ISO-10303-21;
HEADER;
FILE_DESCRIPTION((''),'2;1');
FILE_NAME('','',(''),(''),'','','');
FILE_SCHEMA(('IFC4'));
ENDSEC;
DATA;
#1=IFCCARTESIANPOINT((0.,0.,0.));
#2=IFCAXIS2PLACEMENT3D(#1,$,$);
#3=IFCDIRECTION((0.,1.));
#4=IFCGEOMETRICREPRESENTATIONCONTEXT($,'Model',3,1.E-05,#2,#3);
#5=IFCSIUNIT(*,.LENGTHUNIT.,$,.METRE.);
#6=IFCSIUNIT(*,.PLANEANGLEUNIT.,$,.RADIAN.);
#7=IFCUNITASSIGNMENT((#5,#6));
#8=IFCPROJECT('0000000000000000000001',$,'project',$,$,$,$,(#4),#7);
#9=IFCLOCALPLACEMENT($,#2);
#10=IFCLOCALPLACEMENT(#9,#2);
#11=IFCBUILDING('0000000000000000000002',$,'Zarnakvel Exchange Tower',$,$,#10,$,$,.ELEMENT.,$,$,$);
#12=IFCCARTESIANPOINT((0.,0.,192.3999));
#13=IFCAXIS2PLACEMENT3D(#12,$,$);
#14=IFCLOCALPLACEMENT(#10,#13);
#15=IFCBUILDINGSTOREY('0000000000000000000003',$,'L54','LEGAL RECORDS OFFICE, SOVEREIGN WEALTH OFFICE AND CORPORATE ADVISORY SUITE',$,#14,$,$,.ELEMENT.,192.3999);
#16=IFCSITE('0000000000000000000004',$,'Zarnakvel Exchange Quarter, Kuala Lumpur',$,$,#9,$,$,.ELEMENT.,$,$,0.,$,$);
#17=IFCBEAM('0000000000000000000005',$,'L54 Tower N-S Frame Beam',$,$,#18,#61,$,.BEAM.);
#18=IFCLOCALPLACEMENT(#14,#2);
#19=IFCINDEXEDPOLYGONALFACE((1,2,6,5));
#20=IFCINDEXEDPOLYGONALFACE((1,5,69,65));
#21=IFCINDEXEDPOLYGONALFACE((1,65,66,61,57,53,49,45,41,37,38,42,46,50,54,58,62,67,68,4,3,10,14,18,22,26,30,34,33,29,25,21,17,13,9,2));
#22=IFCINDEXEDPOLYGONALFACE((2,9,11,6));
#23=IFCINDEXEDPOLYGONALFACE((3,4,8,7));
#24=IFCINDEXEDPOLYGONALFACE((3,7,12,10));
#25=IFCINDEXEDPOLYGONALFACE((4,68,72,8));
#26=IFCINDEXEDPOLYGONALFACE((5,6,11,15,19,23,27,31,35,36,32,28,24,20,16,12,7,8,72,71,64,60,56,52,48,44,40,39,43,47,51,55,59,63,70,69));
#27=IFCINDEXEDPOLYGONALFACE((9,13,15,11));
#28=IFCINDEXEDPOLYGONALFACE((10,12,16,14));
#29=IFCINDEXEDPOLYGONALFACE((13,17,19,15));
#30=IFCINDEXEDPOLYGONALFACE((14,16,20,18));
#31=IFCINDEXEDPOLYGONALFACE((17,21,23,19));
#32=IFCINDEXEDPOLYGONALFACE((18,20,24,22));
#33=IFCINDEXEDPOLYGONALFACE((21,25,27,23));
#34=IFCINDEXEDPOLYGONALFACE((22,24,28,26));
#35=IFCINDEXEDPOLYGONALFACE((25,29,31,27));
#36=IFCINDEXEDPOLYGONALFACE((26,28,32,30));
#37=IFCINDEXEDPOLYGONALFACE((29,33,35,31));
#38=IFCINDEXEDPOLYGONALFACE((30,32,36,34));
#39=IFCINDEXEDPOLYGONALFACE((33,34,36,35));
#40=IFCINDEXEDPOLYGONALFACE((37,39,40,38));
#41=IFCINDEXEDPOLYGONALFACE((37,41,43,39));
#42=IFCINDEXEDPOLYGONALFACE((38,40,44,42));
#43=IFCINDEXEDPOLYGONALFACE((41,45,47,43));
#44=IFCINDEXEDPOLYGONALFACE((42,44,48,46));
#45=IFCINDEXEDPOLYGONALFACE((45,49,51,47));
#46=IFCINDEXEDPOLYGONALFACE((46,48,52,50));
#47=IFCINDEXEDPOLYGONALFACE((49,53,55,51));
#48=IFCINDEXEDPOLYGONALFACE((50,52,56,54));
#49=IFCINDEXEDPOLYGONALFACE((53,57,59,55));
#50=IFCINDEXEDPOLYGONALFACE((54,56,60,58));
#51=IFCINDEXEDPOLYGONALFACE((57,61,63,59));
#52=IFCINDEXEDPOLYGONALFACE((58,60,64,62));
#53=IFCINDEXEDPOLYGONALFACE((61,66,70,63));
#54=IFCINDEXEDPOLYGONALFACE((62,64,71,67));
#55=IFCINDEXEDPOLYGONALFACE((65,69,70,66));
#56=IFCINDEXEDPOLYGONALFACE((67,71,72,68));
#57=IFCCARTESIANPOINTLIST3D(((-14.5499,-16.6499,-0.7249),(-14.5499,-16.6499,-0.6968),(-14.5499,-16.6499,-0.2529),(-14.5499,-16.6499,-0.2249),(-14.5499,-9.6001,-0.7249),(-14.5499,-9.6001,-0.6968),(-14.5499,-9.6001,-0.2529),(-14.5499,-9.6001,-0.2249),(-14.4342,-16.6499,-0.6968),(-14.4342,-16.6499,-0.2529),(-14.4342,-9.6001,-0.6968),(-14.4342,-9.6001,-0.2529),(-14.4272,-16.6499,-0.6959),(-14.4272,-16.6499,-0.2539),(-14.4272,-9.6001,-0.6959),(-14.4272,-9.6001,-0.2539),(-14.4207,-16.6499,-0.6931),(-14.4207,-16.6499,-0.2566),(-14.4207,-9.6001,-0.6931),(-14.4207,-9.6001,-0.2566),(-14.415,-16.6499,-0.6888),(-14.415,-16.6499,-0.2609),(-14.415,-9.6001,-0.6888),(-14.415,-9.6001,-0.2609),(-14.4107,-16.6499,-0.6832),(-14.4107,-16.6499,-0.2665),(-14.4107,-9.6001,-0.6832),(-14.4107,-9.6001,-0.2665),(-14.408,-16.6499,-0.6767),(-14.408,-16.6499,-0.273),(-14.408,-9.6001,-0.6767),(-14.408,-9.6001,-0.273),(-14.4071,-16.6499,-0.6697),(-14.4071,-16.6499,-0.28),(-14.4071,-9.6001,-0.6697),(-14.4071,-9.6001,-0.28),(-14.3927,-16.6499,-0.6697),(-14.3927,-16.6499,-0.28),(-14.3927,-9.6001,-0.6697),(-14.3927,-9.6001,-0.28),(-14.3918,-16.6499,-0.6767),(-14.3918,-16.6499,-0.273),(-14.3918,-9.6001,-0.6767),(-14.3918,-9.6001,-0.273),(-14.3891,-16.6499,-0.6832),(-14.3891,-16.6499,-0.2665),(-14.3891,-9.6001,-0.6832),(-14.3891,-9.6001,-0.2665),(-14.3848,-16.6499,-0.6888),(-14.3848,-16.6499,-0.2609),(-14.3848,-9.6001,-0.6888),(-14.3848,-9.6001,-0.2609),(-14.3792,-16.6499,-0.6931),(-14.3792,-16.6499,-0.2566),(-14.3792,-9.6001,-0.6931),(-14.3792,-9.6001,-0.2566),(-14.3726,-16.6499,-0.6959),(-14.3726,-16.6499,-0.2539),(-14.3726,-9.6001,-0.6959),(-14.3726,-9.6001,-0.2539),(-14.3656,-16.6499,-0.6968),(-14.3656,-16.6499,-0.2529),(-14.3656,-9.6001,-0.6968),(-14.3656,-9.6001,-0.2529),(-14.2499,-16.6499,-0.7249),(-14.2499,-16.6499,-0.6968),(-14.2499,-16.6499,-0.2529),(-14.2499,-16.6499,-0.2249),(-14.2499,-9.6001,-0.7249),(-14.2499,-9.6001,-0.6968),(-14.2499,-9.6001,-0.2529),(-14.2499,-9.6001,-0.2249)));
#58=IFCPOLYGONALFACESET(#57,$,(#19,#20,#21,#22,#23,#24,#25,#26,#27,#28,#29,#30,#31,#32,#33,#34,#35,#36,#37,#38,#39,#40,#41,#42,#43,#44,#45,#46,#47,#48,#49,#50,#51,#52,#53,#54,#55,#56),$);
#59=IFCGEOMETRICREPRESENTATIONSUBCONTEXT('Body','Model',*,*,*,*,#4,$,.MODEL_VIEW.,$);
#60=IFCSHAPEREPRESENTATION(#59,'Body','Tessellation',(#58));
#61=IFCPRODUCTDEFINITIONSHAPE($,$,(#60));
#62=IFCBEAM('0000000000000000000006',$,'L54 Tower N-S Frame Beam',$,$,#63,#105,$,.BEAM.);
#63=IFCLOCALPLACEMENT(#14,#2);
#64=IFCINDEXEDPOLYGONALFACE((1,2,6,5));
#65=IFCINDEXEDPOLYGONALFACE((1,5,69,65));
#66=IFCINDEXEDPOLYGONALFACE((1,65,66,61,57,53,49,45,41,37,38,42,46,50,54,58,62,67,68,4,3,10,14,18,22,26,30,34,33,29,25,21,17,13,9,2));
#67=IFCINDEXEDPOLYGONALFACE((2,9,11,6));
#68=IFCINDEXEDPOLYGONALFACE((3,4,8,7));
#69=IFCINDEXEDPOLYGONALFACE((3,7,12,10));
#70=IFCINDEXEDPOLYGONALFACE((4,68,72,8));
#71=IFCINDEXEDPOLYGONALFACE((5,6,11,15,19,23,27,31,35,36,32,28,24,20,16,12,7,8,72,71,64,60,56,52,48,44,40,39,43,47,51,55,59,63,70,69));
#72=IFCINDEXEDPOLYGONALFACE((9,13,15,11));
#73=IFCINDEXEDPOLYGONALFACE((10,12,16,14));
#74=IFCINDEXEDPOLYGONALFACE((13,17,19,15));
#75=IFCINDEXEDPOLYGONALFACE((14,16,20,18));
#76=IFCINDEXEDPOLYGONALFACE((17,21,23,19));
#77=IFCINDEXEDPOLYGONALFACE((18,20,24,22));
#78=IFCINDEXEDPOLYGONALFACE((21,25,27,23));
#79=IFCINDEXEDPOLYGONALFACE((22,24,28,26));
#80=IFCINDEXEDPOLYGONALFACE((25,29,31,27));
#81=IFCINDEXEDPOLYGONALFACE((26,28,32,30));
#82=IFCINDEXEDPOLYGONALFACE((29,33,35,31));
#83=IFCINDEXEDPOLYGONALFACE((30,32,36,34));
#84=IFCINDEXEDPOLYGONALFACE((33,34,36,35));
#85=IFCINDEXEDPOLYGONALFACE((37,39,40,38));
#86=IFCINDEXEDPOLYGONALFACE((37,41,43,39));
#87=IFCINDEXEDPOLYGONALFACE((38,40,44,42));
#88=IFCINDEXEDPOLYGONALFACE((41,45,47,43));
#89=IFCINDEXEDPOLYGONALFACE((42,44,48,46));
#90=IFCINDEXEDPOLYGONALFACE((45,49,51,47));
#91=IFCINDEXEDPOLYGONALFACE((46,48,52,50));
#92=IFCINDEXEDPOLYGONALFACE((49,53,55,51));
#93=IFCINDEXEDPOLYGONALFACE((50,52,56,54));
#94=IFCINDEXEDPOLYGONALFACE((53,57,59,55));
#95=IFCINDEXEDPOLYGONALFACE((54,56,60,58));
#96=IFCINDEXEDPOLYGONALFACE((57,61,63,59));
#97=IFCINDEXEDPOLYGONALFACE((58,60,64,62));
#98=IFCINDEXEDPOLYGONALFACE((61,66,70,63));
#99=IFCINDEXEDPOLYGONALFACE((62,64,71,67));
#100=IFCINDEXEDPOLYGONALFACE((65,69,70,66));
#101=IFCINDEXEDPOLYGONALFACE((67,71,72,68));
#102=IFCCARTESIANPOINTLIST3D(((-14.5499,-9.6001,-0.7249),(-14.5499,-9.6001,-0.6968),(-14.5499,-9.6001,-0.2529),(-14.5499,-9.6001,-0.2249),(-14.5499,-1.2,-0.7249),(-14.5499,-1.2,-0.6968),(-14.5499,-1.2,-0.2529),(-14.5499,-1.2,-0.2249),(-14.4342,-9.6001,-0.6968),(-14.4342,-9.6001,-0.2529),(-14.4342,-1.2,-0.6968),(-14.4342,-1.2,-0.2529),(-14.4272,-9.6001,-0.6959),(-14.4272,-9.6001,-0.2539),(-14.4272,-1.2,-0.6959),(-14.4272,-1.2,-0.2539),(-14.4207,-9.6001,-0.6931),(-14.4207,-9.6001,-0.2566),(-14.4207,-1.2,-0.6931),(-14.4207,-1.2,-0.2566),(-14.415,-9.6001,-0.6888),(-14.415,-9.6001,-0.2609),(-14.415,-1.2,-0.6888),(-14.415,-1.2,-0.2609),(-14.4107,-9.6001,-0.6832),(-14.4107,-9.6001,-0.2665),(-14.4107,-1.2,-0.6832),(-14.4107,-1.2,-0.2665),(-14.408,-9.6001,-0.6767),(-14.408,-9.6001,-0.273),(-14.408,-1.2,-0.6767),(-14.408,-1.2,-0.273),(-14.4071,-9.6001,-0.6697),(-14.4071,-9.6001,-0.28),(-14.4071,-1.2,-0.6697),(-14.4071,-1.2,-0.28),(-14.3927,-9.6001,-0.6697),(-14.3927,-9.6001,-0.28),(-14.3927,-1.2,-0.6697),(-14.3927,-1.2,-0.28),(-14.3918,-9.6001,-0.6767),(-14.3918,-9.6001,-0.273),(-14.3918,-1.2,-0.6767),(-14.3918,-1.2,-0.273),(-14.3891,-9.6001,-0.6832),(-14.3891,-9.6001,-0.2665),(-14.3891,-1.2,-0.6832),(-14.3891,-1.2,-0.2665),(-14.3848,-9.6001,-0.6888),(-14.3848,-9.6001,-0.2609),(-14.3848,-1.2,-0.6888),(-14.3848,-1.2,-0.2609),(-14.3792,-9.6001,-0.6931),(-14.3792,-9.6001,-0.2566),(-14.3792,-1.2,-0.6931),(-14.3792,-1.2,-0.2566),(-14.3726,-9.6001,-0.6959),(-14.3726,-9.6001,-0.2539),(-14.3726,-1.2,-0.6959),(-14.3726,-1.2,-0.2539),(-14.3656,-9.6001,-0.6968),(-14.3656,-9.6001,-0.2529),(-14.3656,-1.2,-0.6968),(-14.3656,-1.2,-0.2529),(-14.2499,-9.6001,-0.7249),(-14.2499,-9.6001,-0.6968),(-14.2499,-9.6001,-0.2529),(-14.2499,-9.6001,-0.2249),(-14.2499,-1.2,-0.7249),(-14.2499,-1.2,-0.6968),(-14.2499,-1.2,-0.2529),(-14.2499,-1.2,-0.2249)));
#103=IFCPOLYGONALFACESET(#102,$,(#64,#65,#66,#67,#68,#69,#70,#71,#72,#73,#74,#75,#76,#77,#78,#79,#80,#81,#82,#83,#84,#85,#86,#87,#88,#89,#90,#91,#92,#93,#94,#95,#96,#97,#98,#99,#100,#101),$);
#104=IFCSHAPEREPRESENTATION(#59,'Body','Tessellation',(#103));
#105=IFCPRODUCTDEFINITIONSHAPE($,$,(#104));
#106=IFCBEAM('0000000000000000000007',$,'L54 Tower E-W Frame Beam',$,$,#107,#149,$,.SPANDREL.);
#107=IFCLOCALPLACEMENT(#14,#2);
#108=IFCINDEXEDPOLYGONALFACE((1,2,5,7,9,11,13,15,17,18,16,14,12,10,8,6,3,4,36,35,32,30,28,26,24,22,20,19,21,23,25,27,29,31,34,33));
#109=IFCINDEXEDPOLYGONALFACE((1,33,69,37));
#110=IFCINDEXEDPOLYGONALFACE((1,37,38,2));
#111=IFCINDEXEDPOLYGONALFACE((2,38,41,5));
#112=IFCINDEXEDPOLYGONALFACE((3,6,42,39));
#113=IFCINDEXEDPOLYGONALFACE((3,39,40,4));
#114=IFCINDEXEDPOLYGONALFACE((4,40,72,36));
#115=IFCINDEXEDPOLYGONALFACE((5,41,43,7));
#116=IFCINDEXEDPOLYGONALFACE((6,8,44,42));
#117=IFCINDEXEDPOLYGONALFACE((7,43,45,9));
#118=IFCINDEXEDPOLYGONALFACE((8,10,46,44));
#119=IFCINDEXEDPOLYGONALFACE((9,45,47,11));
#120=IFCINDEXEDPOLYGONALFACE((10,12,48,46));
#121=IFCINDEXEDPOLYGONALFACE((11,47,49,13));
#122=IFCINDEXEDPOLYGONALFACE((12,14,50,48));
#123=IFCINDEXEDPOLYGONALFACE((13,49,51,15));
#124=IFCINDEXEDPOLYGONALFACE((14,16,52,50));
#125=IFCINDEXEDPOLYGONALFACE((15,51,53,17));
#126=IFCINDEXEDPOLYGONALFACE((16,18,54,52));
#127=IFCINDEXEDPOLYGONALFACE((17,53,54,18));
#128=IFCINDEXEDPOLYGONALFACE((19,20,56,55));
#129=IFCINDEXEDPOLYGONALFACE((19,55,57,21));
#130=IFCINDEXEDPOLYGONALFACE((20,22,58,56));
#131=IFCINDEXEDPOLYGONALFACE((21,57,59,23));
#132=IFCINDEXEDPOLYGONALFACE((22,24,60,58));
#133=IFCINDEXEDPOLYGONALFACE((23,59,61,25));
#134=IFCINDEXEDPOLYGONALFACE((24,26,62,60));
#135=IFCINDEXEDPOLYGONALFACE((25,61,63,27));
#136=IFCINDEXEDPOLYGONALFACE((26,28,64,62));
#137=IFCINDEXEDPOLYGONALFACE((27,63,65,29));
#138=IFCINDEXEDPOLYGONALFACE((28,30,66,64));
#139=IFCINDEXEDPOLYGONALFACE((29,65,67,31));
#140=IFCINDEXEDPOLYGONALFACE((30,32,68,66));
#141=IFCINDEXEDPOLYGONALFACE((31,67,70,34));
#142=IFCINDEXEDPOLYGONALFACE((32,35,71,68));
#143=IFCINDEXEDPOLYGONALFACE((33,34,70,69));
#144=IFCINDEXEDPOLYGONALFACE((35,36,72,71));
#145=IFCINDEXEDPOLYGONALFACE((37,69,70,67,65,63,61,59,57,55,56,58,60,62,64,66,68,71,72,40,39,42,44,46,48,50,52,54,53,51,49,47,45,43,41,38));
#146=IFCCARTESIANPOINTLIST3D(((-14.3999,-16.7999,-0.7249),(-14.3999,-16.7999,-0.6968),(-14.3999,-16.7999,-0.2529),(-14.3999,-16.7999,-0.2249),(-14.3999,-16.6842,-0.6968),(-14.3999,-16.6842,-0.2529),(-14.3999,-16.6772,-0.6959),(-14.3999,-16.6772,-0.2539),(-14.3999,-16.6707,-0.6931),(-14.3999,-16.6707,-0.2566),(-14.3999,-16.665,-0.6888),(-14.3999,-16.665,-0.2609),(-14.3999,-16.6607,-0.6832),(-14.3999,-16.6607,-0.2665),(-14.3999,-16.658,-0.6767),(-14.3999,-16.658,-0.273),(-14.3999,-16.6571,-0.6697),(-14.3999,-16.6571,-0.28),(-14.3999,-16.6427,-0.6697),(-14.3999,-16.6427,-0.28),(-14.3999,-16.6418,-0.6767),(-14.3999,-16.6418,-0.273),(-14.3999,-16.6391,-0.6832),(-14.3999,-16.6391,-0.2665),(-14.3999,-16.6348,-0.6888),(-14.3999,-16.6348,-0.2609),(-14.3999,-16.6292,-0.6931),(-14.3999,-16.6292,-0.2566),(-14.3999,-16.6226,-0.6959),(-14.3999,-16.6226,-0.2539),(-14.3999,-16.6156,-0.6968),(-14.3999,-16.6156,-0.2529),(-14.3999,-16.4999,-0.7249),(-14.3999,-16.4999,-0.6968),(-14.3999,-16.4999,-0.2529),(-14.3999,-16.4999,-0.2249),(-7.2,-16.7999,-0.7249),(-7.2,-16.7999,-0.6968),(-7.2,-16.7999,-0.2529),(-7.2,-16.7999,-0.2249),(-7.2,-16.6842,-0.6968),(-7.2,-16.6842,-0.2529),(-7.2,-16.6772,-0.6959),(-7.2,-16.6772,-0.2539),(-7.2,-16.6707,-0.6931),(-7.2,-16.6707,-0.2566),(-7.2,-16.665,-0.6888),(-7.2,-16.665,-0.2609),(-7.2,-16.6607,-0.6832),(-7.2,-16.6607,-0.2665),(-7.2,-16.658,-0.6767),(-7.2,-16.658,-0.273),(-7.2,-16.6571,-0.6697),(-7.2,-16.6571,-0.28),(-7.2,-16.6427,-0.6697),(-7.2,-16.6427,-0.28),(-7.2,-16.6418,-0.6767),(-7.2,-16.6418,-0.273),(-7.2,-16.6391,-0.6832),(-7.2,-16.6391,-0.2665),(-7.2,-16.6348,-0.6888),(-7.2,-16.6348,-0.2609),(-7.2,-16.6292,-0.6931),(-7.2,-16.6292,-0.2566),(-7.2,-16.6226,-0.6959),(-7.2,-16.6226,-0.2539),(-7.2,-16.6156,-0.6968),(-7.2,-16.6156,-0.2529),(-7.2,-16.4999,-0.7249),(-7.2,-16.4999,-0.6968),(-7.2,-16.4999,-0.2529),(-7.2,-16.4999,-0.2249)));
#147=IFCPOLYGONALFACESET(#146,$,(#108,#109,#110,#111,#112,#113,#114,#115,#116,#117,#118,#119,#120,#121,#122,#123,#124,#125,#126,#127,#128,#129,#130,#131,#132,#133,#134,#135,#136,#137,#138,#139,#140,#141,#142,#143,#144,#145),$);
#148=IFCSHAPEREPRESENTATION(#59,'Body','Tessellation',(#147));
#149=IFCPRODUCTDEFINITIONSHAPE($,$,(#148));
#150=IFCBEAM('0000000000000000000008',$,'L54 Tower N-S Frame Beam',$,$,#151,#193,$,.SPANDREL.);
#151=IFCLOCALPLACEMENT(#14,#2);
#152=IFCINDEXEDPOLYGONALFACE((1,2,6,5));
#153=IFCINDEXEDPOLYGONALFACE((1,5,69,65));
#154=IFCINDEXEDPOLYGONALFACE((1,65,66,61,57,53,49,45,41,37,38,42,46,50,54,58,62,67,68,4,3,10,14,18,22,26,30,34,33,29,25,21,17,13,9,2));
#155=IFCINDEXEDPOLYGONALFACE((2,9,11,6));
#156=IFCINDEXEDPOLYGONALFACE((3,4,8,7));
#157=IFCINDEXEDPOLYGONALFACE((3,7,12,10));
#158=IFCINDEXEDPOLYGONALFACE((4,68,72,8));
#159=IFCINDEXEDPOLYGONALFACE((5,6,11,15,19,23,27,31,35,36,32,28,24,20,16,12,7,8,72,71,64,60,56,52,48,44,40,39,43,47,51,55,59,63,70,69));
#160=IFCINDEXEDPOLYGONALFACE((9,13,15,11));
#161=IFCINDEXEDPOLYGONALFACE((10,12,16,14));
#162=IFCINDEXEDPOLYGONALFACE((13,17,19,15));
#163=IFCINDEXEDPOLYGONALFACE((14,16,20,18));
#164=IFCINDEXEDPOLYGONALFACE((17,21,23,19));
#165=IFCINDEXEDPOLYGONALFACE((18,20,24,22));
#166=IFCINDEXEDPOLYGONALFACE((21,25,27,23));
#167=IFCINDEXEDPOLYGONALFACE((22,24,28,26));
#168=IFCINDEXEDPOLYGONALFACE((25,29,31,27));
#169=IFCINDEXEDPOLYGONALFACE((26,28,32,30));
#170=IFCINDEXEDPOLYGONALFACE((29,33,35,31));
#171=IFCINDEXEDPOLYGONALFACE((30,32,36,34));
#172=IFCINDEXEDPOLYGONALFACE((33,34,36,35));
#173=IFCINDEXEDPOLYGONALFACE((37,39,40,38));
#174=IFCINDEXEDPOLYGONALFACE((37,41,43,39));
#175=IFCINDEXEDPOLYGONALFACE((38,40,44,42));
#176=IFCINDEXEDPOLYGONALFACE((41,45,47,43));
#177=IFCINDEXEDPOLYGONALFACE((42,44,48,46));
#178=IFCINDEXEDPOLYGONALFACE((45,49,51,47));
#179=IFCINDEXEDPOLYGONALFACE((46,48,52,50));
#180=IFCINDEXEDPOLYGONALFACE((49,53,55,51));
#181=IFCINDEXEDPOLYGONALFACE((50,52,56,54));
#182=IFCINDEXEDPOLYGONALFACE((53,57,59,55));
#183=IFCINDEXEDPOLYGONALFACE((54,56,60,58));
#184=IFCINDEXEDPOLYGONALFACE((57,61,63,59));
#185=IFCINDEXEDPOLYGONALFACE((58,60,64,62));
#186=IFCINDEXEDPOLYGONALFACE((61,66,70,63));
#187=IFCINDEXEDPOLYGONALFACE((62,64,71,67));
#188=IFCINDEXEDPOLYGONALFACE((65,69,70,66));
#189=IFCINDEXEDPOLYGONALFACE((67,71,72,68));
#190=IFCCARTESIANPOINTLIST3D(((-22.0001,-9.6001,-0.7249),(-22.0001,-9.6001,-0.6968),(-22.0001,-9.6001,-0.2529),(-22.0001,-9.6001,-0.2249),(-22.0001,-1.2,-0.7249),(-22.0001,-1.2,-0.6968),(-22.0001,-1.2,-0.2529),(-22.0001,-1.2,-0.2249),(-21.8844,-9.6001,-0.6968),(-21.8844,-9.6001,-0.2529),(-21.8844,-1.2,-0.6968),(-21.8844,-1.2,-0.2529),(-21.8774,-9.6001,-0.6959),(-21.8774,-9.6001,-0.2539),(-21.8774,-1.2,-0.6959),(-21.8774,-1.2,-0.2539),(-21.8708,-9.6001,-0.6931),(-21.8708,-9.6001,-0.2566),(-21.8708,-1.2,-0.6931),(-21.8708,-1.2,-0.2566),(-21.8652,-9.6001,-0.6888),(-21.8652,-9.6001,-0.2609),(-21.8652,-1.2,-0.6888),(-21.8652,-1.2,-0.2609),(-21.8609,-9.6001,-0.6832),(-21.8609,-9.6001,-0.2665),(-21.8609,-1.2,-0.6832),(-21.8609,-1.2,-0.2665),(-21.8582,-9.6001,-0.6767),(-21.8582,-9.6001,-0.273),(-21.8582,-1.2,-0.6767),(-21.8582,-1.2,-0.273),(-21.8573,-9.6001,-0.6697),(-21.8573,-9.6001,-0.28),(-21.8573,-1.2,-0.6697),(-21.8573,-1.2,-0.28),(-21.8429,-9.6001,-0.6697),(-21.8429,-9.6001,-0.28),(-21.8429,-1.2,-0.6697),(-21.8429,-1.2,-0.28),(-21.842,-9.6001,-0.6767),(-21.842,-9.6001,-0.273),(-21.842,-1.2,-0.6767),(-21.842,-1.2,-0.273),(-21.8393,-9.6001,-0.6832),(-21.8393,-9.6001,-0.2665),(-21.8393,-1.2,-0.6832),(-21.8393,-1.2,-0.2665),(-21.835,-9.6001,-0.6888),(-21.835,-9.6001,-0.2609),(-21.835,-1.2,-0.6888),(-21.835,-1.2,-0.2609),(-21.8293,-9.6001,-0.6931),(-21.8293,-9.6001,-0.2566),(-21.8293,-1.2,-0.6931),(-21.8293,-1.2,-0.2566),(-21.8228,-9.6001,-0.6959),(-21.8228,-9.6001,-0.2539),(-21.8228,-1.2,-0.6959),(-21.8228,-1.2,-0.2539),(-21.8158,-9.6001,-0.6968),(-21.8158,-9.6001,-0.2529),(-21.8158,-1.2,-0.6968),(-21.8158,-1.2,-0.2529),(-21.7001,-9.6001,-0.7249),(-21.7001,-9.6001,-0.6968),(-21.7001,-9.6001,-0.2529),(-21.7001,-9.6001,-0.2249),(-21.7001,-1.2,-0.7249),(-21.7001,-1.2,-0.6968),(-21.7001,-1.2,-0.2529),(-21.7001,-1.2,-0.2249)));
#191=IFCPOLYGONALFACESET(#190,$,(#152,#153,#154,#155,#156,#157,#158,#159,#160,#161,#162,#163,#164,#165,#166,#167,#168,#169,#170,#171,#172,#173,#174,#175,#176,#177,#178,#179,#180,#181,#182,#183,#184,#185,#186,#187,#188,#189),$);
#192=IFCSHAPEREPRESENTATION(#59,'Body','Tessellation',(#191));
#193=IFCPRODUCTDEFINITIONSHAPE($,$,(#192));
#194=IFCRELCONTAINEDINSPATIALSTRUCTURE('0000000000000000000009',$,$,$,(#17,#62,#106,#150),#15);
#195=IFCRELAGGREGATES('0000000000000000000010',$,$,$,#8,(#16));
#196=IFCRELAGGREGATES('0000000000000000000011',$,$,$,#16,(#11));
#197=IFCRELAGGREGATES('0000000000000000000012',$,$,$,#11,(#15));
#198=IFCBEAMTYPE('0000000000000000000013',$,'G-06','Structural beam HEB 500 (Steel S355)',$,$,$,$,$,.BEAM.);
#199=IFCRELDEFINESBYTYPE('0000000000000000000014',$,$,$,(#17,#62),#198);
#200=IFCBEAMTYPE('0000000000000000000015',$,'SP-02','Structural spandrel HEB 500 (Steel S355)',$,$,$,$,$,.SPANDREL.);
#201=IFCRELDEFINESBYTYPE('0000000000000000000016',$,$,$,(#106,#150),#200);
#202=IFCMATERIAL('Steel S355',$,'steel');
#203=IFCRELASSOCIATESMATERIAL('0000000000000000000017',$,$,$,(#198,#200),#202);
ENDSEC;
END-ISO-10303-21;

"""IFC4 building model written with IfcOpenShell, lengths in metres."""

from ifc_helpers import new_model, si_unit, direction, frame, origin, origin_2d, place, context, subcontext, project, spatial, i_section, extrude, material, material_profile, profile_set, type_object, element, save


model = new_model("IFC4")

# Units and contexts
model_context = context("Model", 3, precision=1e-05, world=origin(), true_north=direction((0.0, 1.0)))
body_context = subcontext(model_context, "Body", "Model", "MODEL_VIEW")
ifc_project = project(units=[si_unit("LENGTHUNIT", "METRE"), si_unit("PLANEANGLEUNIT", "RADIAN")], contexts=[model_context])

# Site, building, storey
site_placement = place(None, origin())
site = spatial("IfcSite", under=ifc_project, at=site_placement, Name="Zarnakvel Exchange Quarter, Kuala Lumpur", CompositionType="ELEMENT", RefElevation=0.0)
building_placement = place(site_placement, origin())
building = spatial("IfcBuilding", under=site, at=building_placement, Name="Zarnakvel Exchange Tower", CompositionType="ELEMENT")
storey_placement = place(building_placement, frame((0.0, 0.0, 192.3999)))
storey = spatial("IfcBuildingStorey", under=building, at=storey_placement, Name="L54", Description="LEGAL RECORDS OFFICE, SOVEREIGN WEALTH OFFICE AND CORPORATE ADVISORY SUITE", CompositionType="ELEMENT", Elevation=192.3999)

# Shared definitions
ifc_material_1 = material(Name="Steel S355", Category="steel")

# Beams
ifc_material_profile_1 = material_profile(ifc_material_1, i_section(OverallWidth=0.3, OverallDepth=0.5, WebThickness=0.0144, FlangeThickness=0.0281, FilletRadius=0.0271, at=origin_2d()))
ifc_profile_set_1 = profile_set([ifc_material_profile_1], Name="Steel S355")
beam_type_1 = type_object("IfcBeamType", Name="G-06", Description="Structural beam HEB 500 (Steel S355)", PredefinedType="BEAM", material=ifc_profile_set_1)
beam_1_placement = place(storey_placement, frame((-14.3999, -16.6499, -0.4749), z_axis=(0.0, 1.0, 0.0), x_axis=(-1.0, 0.0, 0.0)))
element("IfcBeam", 1, at=beam_1_placement, inside=storey, type_object=beam_type_1, Name="L54 Tower N-S Frame Beam", PredefinedType="BEAM", context=body_context, shape_type="SweptSolid", body=[
    extrude(i_section(OverallWidth=0.3, OverallDepth=0.5, WebThickness=0.0144, FlangeThickness=0.0281, FilletRadius=0.0271, at=origin_2d()), origin(), (0.0, 0.0, 1.0), 7.0498),
])
beam_2_placement = place(storey_placement, frame((-14.3999, -9.6001, -0.4749), z_axis=(0.0, 1.0, 0.0), x_axis=(-1.0, 0.0, 0.0)))
element("IfcBeam", 2, at=beam_2_placement, inside=storey, type_object=beam_type_1, Name="L54 Tower N-S Frame Beam", PredefinedType="BEAM", context=body_context, shape_type="SweptSolid", body=[
    extrude(i_section(OverallWidth=0.3, OverallDepth=0.5, WebThickness=0.0144, FlangeThickness=0.0281, FilletRadius=0.0271, at=origin_2d()), origin(), (0.0, 0.0, 1.0), 8.4001),
])
ifc_material_profile_2 = material_profile(ifc_material_1, i_section(OverallWidth=0.3, OverallDepth=0.5, WebThickness=0.0144, FlangeThickness=0.0281, FilletRadius=0.0271, at=origin_2d()))
ifc_profile_set_2 = profile_set([ifc_material_profile_2], Name="Steel S355")
beam_type_2 = type_object("IfcBeamType", Name="SP-02", Description="Structural spandrel HEB 500 (Steel S355)", PredefinedType="SPANDREL", material=ifc_profile_set_2)
beam_3_placement = place(storey_placement, frame((-14.3999, -16.6499, -0.4749), z_axis=(1.0, 0.0, 0.0), x_axis=(0.0, 1.0, 0.0)))
element("IfcBeam", 3, at=beam_3_placement, inside=storey, type_object=beam_type_2, Name="L54 Tower E-W Frame Beam", PredefinedType="SPANDREL", context=body_context, shape_type="SweptSolid", body=[
    extrude(i_section(OverallWidth=0.3, OverallDepth=0.5, WebThickness=0.0144, FlangeThickness=0.0281, FilletRadius=0.0271, at=origin_2d()), origin(), (0.0, 0.0, 1.0), 7.2),
])
beam_4_placement = place(storey_placement, frame((-21.8501, -9.6001, -0.4749), z_axis=(0.0, 1.0, 0.0), x_axis=(-1.0, 0.0, 0.0)))
element("IfcBeam", 4, at=beam_4_placement, inside=storey, type_object=beam_type_2, Name="L54 Tower N-S Frame Beam", PredefinedType="SPANDREL", context=body_context, shape_type="SweptSolid", body=[
    extrude(i_section(OverallWidth=0.3, OverallDepth=0.5, WebThickness=0.0144, FlangeThickness=0.0281, FilletRadius=0.0271, at=origin_2d()), origin(), (0.0, 0.0, 1.0), 8.4001),
])

save(model, "model.ifc")
